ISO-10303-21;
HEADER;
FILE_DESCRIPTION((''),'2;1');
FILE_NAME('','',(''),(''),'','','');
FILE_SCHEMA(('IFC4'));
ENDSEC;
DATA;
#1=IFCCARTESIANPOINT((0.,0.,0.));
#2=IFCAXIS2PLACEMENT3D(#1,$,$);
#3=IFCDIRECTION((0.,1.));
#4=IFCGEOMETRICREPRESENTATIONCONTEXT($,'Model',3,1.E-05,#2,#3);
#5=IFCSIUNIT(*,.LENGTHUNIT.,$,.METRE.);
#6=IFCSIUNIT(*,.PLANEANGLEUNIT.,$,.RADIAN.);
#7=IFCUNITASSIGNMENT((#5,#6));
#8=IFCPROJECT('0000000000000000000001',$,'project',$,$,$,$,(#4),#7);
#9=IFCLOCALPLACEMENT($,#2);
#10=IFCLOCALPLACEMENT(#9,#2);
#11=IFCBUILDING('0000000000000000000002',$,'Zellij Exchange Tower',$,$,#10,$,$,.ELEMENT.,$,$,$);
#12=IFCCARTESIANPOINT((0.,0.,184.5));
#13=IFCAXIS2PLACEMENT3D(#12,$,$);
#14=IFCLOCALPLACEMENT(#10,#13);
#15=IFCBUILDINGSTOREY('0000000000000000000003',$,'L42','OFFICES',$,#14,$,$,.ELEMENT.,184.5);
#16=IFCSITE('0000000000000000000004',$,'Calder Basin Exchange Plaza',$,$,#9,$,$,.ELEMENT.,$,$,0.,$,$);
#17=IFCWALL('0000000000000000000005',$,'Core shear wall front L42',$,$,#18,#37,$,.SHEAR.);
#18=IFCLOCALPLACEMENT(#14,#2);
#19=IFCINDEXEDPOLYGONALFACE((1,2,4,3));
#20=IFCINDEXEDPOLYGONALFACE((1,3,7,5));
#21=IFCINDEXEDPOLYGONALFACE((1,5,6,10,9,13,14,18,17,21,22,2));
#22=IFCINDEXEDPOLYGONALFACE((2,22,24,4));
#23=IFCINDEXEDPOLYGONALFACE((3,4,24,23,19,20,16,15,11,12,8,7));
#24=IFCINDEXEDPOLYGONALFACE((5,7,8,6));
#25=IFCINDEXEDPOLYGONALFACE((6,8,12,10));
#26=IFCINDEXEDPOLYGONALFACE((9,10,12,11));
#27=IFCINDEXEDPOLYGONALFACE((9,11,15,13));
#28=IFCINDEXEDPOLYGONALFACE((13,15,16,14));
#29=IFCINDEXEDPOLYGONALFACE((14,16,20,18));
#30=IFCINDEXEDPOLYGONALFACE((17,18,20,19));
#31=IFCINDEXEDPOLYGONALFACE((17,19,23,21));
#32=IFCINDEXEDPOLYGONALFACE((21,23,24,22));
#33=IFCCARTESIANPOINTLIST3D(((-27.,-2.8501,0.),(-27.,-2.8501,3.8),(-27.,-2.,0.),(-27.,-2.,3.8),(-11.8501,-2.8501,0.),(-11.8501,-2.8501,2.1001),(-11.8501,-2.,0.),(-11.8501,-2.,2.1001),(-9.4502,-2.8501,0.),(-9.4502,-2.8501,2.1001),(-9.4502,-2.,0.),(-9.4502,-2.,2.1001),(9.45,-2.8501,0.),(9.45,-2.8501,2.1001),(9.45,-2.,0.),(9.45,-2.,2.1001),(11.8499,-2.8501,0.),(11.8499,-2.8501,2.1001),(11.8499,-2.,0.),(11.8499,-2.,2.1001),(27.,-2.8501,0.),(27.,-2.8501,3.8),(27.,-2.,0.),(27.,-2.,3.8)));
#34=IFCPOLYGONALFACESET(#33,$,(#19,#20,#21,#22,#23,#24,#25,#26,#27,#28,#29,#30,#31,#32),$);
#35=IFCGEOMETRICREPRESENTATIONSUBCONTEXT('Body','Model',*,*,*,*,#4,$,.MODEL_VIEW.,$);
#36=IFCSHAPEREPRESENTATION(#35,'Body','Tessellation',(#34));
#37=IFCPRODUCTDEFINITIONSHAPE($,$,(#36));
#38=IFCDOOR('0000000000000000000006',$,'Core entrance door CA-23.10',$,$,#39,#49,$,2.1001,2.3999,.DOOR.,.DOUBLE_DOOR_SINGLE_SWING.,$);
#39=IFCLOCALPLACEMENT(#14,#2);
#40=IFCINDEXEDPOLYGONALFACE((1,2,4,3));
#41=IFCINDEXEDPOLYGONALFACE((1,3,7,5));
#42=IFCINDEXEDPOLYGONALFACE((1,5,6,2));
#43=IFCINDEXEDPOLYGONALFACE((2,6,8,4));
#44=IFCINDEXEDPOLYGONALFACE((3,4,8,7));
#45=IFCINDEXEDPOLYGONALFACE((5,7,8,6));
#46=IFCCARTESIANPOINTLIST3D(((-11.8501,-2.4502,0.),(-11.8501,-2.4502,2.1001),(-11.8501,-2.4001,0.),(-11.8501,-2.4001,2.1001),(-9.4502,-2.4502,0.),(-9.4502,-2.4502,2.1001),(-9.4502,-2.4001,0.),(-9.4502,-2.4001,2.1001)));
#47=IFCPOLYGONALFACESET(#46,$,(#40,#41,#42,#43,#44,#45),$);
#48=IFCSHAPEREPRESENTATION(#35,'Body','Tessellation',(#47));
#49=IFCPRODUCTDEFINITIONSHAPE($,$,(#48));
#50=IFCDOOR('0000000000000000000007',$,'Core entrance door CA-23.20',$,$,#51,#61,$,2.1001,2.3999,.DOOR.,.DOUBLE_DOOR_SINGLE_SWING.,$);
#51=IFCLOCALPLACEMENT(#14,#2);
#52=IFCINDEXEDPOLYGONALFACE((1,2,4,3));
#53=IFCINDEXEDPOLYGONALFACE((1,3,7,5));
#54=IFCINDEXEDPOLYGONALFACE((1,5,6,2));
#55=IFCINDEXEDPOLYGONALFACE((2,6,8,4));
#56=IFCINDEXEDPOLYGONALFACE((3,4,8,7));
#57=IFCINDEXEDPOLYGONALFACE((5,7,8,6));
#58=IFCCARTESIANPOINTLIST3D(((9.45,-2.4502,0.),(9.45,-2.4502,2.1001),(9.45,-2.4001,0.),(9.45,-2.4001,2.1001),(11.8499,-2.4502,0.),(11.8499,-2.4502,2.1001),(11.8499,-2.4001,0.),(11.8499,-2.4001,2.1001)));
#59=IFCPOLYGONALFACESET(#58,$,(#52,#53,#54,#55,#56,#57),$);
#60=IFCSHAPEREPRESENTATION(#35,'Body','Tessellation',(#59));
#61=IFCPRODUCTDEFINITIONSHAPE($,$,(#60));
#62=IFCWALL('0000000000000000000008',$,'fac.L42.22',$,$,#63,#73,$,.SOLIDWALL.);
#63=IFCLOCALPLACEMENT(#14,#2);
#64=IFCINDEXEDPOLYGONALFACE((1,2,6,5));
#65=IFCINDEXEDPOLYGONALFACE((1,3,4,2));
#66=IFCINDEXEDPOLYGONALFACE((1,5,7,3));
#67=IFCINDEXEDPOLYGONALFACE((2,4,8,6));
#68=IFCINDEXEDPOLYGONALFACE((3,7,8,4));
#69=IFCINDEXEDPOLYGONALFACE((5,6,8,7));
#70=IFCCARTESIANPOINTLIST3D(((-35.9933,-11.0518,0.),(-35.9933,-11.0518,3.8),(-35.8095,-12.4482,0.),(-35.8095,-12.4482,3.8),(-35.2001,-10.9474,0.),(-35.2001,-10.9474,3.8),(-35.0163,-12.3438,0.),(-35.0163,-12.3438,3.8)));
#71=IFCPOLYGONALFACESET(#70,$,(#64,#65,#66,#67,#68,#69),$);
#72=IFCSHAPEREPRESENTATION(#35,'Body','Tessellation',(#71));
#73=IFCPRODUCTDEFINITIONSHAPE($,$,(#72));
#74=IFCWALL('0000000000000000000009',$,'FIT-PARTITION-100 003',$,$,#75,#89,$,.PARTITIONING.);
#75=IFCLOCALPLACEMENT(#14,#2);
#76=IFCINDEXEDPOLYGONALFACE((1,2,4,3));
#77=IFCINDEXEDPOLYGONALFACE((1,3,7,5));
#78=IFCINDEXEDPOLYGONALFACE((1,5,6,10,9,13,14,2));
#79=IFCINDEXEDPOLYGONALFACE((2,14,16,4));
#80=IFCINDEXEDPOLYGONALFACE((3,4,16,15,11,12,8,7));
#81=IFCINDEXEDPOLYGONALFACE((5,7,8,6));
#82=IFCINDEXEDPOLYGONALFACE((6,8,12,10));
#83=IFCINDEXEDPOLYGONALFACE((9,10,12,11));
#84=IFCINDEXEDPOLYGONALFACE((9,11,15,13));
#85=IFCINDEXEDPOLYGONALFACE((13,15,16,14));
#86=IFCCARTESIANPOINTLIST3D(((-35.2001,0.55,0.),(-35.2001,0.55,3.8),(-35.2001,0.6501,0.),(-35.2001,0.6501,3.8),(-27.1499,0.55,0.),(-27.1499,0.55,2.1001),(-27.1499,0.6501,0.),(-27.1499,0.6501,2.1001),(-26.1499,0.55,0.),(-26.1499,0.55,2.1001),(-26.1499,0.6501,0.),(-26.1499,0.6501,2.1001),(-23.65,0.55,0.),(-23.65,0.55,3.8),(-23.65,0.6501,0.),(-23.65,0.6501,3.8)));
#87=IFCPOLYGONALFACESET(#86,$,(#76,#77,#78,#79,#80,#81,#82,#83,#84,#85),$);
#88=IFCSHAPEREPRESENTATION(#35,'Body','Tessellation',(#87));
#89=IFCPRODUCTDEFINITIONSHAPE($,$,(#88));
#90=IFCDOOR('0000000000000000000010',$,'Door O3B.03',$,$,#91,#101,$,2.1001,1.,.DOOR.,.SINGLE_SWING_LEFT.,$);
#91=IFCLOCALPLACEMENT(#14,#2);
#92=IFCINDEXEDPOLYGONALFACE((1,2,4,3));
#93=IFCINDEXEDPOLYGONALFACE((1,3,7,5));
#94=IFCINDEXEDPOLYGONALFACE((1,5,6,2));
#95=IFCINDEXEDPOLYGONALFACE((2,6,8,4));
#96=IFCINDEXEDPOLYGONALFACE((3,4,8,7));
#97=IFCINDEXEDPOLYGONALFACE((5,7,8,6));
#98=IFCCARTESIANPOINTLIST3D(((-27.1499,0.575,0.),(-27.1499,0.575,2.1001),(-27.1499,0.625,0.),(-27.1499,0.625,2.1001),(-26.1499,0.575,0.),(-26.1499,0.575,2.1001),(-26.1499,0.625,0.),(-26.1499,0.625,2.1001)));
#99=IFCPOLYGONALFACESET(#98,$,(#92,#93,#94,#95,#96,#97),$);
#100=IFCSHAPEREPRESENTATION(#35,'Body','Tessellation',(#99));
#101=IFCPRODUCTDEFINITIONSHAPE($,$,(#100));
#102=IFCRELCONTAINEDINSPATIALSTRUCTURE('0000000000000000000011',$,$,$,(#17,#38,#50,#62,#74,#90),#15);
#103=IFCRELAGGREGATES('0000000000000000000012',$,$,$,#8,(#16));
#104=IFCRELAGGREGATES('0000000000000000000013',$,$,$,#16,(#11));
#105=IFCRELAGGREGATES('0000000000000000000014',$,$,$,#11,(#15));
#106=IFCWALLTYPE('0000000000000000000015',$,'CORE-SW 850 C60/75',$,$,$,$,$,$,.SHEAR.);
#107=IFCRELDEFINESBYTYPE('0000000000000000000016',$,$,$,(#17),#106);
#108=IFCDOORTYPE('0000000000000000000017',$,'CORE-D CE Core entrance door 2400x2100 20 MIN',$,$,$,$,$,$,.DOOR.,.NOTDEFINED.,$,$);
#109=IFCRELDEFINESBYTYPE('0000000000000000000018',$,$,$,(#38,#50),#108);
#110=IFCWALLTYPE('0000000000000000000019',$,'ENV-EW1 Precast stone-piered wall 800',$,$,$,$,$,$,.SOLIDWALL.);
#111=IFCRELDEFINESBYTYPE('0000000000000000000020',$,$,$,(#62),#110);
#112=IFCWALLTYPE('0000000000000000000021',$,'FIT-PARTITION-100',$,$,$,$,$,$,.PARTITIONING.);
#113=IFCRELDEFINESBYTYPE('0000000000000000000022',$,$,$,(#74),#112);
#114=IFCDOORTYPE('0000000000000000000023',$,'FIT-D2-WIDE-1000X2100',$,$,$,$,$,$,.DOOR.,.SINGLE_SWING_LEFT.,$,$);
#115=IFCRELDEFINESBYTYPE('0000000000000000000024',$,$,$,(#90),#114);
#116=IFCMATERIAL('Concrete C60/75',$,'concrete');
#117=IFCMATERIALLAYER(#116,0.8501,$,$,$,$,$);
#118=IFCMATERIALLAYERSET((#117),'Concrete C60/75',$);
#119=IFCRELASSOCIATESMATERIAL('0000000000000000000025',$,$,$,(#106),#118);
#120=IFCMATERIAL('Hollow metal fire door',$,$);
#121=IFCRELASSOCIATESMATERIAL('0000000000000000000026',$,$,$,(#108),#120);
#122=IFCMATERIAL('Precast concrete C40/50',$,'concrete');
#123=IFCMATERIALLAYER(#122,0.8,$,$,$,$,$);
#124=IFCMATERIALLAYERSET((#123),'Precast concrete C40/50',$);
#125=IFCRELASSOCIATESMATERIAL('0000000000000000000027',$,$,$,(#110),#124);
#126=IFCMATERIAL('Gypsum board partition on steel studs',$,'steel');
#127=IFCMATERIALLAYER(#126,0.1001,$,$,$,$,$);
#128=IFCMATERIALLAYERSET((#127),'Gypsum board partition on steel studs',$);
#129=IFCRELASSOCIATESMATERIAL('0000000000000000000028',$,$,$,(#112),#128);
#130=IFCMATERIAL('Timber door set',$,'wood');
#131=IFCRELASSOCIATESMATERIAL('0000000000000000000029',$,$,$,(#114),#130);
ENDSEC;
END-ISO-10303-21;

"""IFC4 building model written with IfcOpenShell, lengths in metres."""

from ifc_helpers import new_model, si_unit, direction, frame, frame_2d, origin, place, context, subcontext, project, spatial, rectangle, extrude, material, layer, layer_set, type_object, element, fill, save


model = new_model("IFC4")

# Units and contexts
model_context = context("Model", 3, precision=1e-05, world=origin(), true_north=direction((0.0, 1.0)))
body_context = subcontext(model_context, "Body", "Model", "MODEL_VIEW")
ifc_project = project(units=[si_unit("LENGTHUNIT", "METRE"), si_unit("PLANEANGLEUNIT", "RADIAN")], contexts=[model_context])

# Site, building, storey
site_placement = place(None, origin())
site = spatial("IfcSite", under=ifc_project, at=site_placement, Name="Calder Basin Exchange Plaza", CompositionType="ELEMENT", RefElevation=0.0)
building_placement = place(site_placement, origin())
building = spatial("IfcBuilding", under=site, at=building_placement, Name="Zellij Exchange Tower", CompositionType="ELEMENT")
storey_placement = place(building_placement, frame((0.0, 0.0, 184.5)))
storey = spatial("IfcBuildingStorey", under=building, at=storey_placement, Name="L42", Description="OFFICES", CompositionType="ELEMENT", Elevation=184.5)

# Shared definitions
ifc_material_1 = material(Name="Concrete C60/75", Category="concrete")

# Wall, openings, doors
ifc_layer_1 = layer(ifc_material_1, 0.8501)
ifc_layer_set_1 = layer_set([ifc_layer_1], Name="Concrete C60/75")
wall_type_1 = type_object("IfcWallType", Name="CORE-SW 850 C60/75", PredefinedType="SHEAR", material=ifc_layer_set_1)
wall_1_placement = place(storey_placement, frame((-27.0, -2.425, 0.0), z_axis=(0.0, 0.0, 1.0), x_axis=(1.0, 0.0, 0.0)))
wall_1 = element("IfcWall", 1, at=wall_1_placement, inside=storey, type_object=wall_type_1, Name="Core shear wall front L42", PredefinedType="SHEAR", context=body_context, shape_type="SweptSolid", body=[
    extrude(rectangle(XDim=54.0, YDim=0.8501, at=frame_2d((27.0, 0.0))), origin(), (0.0, 0.0, 1.0), 3.8),
])
opening_1_placement = place(wall_1_placement, frame((15.1499, 0.0, 0.0)))
opening_1 = element("IfcOpeningElement", 2, at=opening_1_placement, cuts=wall_1, PredefinedType="OPENING", context=body_context, shape_type="SweptSolid", body=[
    extrude(rectangle(XDim=2.3999, YDim=2.1001, at=frame_2d((1.2, 1.05))), frame((0.0, 0.437, 0.0), z_axis=(0.0, -1.0, 0.0), x_axis=(1.0, 0.0, 0.0)), (0.0, 0.0, 1.0), 0.874),
])
opening_2_placement = place(wall_1_placement, frame((36.45, 0.0, 0.0)))
opening_2 = element("IfcOpeningElement", 3, at=opening_2_placement, cuts=wall_1, PredefinedType="OPENING", context=body_context, shape_type="SweptSolid", body=[
    extrude(rectangle(XDim=2.3999, YDim=2.1001, at=frame_2d((1.2, 1.05))), frame((0.0, 0.437, 0.0), z_axis=(0.0, -1.0, 0.0), x_axis=(1.0, 0.0, 0.0)), (0.0, 0.0, 1.0), 0.874),
])
ifc_material_2 = material(Name="Hollow metal fire door")
door_type_1 = type_object("IfcDoorType", Name="CORE-D CE Core entrance door 2400x2100 20 MIN", OperationType="NOTDEFINED", PredefinedType="DOOR", material=ifc_material_2)
door_1_placement = place(opening_1_placement, origin())
door_1 = element("IfcDoor", 4, at=door_1_placement, inside=storey, type_object=door_type_1, Name="Core entrance door CA-23.10", OperationType="DOUBLE_DOOR_SINGLE_SWING", OverallHeight=2.1001, OverallWidth=2.3999, PredefinedType="DOOR", context=body_context, shape_type="SweptSolid", body=[
    extrude(rectangle(XDim=2.3999, YDim=2.1001, at=frame_2d((1.2, 1.05))), frame((0.0, 0.0249, 0.0), z_axis=(0.0, -1.0, 0.0), x_axis=(1.0, 0.0, 0.0)), (0.0, 0.0, 1.0), 0.05),
])
fill(opening_1, door_1)
door_2_placement = place(opening_2_placement, origin())
door_2 = element("IfcDoor", 5, at=door_2_placement, inside=storey, type_object=door_type_1, Name="Core entrance door CA-23.20", OperationType="DOUBLE_DOOR_SINGLE_SWING", OverallHeight=2.1001, OverallWidth=2.3999, PredefinedType="DOOR", context=body_context, shape_type="SweptSolid", body=[
    extrude(rectangle(XDim=2.3999, YDim=2.1001, at=frame_2d((1.2, 1.05))), frame((0.0, 0.0249, 0.0), z_axis=(0.0, -1.0, 0.0), x_axis=(1.0, 0.0, 0.0)), (0.0, 0.0, 1.0), 0.05),
])
fill(opening_2, door_2)

# Wall
ifc_material_3 = material(Name="Precast concrete C40/50", Category="concrete")
ifc_layer_2 = layer(ifc_material_3, 0.8)
ifc_layer_set_2 = layer_set([ifc_layer_2], Name="Precast concrete C40/50")
wall_type_2 = type_object("IfcWallType", Name="ENV-EW1 Precast stone-piered wall 800", PredefinedType="SOLIDWALL", material=ifc_layer_set_2)
wall_2_placement = place(storey_placement, frame((-35.5967, -10.9998, 0.0), z_axis=(0.0, 0.0, 1.0), x_axis=(0.130517, -0.991446, 0.0)))
element("IfcWall", 6, at=wall_2_placement, inside=storey, type_object=wall_type_2, Name="fac.L42.22", PredefinedType="SOLIDWALL", context=body_context, shape_type="SweptSolid", body=[
    extrude(rectangle(XDim=1.4084, YDim=0.8, at=frame_2d((0.7041, 0.0))), origin(), (0.0, 0.0, 1.0), 3.8),
])

# Wall, opening, door
ifc_material_4 = material(Name="Gypsum board partition on steel studs", Category="steel")
ifc_layer_3 = layer(ifc_material_4, 0.1001)
ifc_layer_set_3 = layer_set([ifc_layer_3], Name="Gypsum board partition on steel studs")
wall_type_3 = type_object("IfcWallType", Name="FIT-PARTITION-100", PredefinedType="PARTITIONING", material=ifc_layer_set_3)
wall_3_placement = place(storey_placement, frame((-35.2, 0.6001, 0.0), z_axis=(0.0, 0.0, 1.0), x_axis=(1.0, 0.0, 0.0)))
wall_3 = element("IfcWall", 7, at=wall_3_placement, inside=storey, type_object=wall_type_3, Name="FIT-PARTITION-100 003", PredefinedType="PARTITIONING", context=body_context, shape_type="SweptSolid", body=[
    extrude(rectangle(XDim=11.55, YDim=0.1001, at=frame_2d((5.7749, 0.0))), origin(), (0.0, 0.0, 1.0), 3.8),
])
opening_3_placement = place(wall_3_placement, frame((8.05, 0.0, 0.0)))
opening_3 = element("IfcOpeningElement", 8, at=opening_3_placement, cuts=wall_3, PredefinedType="OPENING", context=body_context, shape_type="SweptSolid", body=[
    extrude(rectangle(XDim=1.0, YDim=2.1001, at=frame_2d((0.5, 1.05))), frame((0.0, 0.062, 0.0), z_axis=(0.0, -1.0, 0.0), x_axis=(1.0, 0.0, 0.0)), (0.0, 0.0, 1.0), 0.124),
])
ifc_material_5 = material(Name="Timber door set", Category="wood")
door_type_2 = type_object("IfcDoorType", Name="FIT-D2-WIDE-1000X2100", OperationType="SINGLE_SWING_LEFT", PredefinedType="DOOR", material=ifc_material_5)
door_3_placement = place(opening_3_placement, origin())
door_3 = element("IfcDoor", 9, at=door_3_placement, inside=storey, type_object=door_type_2, Name="Door O3B.03", OperationType="SINGLE_SWING_LEFT", OverallHeight=2.1001, OverallWidth=1.0, PredefinedType="DOOR", context=body_context, shape_type="SweptSolid", body=[
    extrude(rectangle(XDim=1.0, YDim=2.1001, at=frame_2d((0.5, 1.05))), frame((0.0, 0.0249, 0.0), z_axis=(0.0, -1.0, 0.0), x_axis=(1.0, 0.0, 0.0)), (0.0, 0.0, 1.0), 0.05),
])
fill(opening_3, door_3)

save(model, "model.ifc")
